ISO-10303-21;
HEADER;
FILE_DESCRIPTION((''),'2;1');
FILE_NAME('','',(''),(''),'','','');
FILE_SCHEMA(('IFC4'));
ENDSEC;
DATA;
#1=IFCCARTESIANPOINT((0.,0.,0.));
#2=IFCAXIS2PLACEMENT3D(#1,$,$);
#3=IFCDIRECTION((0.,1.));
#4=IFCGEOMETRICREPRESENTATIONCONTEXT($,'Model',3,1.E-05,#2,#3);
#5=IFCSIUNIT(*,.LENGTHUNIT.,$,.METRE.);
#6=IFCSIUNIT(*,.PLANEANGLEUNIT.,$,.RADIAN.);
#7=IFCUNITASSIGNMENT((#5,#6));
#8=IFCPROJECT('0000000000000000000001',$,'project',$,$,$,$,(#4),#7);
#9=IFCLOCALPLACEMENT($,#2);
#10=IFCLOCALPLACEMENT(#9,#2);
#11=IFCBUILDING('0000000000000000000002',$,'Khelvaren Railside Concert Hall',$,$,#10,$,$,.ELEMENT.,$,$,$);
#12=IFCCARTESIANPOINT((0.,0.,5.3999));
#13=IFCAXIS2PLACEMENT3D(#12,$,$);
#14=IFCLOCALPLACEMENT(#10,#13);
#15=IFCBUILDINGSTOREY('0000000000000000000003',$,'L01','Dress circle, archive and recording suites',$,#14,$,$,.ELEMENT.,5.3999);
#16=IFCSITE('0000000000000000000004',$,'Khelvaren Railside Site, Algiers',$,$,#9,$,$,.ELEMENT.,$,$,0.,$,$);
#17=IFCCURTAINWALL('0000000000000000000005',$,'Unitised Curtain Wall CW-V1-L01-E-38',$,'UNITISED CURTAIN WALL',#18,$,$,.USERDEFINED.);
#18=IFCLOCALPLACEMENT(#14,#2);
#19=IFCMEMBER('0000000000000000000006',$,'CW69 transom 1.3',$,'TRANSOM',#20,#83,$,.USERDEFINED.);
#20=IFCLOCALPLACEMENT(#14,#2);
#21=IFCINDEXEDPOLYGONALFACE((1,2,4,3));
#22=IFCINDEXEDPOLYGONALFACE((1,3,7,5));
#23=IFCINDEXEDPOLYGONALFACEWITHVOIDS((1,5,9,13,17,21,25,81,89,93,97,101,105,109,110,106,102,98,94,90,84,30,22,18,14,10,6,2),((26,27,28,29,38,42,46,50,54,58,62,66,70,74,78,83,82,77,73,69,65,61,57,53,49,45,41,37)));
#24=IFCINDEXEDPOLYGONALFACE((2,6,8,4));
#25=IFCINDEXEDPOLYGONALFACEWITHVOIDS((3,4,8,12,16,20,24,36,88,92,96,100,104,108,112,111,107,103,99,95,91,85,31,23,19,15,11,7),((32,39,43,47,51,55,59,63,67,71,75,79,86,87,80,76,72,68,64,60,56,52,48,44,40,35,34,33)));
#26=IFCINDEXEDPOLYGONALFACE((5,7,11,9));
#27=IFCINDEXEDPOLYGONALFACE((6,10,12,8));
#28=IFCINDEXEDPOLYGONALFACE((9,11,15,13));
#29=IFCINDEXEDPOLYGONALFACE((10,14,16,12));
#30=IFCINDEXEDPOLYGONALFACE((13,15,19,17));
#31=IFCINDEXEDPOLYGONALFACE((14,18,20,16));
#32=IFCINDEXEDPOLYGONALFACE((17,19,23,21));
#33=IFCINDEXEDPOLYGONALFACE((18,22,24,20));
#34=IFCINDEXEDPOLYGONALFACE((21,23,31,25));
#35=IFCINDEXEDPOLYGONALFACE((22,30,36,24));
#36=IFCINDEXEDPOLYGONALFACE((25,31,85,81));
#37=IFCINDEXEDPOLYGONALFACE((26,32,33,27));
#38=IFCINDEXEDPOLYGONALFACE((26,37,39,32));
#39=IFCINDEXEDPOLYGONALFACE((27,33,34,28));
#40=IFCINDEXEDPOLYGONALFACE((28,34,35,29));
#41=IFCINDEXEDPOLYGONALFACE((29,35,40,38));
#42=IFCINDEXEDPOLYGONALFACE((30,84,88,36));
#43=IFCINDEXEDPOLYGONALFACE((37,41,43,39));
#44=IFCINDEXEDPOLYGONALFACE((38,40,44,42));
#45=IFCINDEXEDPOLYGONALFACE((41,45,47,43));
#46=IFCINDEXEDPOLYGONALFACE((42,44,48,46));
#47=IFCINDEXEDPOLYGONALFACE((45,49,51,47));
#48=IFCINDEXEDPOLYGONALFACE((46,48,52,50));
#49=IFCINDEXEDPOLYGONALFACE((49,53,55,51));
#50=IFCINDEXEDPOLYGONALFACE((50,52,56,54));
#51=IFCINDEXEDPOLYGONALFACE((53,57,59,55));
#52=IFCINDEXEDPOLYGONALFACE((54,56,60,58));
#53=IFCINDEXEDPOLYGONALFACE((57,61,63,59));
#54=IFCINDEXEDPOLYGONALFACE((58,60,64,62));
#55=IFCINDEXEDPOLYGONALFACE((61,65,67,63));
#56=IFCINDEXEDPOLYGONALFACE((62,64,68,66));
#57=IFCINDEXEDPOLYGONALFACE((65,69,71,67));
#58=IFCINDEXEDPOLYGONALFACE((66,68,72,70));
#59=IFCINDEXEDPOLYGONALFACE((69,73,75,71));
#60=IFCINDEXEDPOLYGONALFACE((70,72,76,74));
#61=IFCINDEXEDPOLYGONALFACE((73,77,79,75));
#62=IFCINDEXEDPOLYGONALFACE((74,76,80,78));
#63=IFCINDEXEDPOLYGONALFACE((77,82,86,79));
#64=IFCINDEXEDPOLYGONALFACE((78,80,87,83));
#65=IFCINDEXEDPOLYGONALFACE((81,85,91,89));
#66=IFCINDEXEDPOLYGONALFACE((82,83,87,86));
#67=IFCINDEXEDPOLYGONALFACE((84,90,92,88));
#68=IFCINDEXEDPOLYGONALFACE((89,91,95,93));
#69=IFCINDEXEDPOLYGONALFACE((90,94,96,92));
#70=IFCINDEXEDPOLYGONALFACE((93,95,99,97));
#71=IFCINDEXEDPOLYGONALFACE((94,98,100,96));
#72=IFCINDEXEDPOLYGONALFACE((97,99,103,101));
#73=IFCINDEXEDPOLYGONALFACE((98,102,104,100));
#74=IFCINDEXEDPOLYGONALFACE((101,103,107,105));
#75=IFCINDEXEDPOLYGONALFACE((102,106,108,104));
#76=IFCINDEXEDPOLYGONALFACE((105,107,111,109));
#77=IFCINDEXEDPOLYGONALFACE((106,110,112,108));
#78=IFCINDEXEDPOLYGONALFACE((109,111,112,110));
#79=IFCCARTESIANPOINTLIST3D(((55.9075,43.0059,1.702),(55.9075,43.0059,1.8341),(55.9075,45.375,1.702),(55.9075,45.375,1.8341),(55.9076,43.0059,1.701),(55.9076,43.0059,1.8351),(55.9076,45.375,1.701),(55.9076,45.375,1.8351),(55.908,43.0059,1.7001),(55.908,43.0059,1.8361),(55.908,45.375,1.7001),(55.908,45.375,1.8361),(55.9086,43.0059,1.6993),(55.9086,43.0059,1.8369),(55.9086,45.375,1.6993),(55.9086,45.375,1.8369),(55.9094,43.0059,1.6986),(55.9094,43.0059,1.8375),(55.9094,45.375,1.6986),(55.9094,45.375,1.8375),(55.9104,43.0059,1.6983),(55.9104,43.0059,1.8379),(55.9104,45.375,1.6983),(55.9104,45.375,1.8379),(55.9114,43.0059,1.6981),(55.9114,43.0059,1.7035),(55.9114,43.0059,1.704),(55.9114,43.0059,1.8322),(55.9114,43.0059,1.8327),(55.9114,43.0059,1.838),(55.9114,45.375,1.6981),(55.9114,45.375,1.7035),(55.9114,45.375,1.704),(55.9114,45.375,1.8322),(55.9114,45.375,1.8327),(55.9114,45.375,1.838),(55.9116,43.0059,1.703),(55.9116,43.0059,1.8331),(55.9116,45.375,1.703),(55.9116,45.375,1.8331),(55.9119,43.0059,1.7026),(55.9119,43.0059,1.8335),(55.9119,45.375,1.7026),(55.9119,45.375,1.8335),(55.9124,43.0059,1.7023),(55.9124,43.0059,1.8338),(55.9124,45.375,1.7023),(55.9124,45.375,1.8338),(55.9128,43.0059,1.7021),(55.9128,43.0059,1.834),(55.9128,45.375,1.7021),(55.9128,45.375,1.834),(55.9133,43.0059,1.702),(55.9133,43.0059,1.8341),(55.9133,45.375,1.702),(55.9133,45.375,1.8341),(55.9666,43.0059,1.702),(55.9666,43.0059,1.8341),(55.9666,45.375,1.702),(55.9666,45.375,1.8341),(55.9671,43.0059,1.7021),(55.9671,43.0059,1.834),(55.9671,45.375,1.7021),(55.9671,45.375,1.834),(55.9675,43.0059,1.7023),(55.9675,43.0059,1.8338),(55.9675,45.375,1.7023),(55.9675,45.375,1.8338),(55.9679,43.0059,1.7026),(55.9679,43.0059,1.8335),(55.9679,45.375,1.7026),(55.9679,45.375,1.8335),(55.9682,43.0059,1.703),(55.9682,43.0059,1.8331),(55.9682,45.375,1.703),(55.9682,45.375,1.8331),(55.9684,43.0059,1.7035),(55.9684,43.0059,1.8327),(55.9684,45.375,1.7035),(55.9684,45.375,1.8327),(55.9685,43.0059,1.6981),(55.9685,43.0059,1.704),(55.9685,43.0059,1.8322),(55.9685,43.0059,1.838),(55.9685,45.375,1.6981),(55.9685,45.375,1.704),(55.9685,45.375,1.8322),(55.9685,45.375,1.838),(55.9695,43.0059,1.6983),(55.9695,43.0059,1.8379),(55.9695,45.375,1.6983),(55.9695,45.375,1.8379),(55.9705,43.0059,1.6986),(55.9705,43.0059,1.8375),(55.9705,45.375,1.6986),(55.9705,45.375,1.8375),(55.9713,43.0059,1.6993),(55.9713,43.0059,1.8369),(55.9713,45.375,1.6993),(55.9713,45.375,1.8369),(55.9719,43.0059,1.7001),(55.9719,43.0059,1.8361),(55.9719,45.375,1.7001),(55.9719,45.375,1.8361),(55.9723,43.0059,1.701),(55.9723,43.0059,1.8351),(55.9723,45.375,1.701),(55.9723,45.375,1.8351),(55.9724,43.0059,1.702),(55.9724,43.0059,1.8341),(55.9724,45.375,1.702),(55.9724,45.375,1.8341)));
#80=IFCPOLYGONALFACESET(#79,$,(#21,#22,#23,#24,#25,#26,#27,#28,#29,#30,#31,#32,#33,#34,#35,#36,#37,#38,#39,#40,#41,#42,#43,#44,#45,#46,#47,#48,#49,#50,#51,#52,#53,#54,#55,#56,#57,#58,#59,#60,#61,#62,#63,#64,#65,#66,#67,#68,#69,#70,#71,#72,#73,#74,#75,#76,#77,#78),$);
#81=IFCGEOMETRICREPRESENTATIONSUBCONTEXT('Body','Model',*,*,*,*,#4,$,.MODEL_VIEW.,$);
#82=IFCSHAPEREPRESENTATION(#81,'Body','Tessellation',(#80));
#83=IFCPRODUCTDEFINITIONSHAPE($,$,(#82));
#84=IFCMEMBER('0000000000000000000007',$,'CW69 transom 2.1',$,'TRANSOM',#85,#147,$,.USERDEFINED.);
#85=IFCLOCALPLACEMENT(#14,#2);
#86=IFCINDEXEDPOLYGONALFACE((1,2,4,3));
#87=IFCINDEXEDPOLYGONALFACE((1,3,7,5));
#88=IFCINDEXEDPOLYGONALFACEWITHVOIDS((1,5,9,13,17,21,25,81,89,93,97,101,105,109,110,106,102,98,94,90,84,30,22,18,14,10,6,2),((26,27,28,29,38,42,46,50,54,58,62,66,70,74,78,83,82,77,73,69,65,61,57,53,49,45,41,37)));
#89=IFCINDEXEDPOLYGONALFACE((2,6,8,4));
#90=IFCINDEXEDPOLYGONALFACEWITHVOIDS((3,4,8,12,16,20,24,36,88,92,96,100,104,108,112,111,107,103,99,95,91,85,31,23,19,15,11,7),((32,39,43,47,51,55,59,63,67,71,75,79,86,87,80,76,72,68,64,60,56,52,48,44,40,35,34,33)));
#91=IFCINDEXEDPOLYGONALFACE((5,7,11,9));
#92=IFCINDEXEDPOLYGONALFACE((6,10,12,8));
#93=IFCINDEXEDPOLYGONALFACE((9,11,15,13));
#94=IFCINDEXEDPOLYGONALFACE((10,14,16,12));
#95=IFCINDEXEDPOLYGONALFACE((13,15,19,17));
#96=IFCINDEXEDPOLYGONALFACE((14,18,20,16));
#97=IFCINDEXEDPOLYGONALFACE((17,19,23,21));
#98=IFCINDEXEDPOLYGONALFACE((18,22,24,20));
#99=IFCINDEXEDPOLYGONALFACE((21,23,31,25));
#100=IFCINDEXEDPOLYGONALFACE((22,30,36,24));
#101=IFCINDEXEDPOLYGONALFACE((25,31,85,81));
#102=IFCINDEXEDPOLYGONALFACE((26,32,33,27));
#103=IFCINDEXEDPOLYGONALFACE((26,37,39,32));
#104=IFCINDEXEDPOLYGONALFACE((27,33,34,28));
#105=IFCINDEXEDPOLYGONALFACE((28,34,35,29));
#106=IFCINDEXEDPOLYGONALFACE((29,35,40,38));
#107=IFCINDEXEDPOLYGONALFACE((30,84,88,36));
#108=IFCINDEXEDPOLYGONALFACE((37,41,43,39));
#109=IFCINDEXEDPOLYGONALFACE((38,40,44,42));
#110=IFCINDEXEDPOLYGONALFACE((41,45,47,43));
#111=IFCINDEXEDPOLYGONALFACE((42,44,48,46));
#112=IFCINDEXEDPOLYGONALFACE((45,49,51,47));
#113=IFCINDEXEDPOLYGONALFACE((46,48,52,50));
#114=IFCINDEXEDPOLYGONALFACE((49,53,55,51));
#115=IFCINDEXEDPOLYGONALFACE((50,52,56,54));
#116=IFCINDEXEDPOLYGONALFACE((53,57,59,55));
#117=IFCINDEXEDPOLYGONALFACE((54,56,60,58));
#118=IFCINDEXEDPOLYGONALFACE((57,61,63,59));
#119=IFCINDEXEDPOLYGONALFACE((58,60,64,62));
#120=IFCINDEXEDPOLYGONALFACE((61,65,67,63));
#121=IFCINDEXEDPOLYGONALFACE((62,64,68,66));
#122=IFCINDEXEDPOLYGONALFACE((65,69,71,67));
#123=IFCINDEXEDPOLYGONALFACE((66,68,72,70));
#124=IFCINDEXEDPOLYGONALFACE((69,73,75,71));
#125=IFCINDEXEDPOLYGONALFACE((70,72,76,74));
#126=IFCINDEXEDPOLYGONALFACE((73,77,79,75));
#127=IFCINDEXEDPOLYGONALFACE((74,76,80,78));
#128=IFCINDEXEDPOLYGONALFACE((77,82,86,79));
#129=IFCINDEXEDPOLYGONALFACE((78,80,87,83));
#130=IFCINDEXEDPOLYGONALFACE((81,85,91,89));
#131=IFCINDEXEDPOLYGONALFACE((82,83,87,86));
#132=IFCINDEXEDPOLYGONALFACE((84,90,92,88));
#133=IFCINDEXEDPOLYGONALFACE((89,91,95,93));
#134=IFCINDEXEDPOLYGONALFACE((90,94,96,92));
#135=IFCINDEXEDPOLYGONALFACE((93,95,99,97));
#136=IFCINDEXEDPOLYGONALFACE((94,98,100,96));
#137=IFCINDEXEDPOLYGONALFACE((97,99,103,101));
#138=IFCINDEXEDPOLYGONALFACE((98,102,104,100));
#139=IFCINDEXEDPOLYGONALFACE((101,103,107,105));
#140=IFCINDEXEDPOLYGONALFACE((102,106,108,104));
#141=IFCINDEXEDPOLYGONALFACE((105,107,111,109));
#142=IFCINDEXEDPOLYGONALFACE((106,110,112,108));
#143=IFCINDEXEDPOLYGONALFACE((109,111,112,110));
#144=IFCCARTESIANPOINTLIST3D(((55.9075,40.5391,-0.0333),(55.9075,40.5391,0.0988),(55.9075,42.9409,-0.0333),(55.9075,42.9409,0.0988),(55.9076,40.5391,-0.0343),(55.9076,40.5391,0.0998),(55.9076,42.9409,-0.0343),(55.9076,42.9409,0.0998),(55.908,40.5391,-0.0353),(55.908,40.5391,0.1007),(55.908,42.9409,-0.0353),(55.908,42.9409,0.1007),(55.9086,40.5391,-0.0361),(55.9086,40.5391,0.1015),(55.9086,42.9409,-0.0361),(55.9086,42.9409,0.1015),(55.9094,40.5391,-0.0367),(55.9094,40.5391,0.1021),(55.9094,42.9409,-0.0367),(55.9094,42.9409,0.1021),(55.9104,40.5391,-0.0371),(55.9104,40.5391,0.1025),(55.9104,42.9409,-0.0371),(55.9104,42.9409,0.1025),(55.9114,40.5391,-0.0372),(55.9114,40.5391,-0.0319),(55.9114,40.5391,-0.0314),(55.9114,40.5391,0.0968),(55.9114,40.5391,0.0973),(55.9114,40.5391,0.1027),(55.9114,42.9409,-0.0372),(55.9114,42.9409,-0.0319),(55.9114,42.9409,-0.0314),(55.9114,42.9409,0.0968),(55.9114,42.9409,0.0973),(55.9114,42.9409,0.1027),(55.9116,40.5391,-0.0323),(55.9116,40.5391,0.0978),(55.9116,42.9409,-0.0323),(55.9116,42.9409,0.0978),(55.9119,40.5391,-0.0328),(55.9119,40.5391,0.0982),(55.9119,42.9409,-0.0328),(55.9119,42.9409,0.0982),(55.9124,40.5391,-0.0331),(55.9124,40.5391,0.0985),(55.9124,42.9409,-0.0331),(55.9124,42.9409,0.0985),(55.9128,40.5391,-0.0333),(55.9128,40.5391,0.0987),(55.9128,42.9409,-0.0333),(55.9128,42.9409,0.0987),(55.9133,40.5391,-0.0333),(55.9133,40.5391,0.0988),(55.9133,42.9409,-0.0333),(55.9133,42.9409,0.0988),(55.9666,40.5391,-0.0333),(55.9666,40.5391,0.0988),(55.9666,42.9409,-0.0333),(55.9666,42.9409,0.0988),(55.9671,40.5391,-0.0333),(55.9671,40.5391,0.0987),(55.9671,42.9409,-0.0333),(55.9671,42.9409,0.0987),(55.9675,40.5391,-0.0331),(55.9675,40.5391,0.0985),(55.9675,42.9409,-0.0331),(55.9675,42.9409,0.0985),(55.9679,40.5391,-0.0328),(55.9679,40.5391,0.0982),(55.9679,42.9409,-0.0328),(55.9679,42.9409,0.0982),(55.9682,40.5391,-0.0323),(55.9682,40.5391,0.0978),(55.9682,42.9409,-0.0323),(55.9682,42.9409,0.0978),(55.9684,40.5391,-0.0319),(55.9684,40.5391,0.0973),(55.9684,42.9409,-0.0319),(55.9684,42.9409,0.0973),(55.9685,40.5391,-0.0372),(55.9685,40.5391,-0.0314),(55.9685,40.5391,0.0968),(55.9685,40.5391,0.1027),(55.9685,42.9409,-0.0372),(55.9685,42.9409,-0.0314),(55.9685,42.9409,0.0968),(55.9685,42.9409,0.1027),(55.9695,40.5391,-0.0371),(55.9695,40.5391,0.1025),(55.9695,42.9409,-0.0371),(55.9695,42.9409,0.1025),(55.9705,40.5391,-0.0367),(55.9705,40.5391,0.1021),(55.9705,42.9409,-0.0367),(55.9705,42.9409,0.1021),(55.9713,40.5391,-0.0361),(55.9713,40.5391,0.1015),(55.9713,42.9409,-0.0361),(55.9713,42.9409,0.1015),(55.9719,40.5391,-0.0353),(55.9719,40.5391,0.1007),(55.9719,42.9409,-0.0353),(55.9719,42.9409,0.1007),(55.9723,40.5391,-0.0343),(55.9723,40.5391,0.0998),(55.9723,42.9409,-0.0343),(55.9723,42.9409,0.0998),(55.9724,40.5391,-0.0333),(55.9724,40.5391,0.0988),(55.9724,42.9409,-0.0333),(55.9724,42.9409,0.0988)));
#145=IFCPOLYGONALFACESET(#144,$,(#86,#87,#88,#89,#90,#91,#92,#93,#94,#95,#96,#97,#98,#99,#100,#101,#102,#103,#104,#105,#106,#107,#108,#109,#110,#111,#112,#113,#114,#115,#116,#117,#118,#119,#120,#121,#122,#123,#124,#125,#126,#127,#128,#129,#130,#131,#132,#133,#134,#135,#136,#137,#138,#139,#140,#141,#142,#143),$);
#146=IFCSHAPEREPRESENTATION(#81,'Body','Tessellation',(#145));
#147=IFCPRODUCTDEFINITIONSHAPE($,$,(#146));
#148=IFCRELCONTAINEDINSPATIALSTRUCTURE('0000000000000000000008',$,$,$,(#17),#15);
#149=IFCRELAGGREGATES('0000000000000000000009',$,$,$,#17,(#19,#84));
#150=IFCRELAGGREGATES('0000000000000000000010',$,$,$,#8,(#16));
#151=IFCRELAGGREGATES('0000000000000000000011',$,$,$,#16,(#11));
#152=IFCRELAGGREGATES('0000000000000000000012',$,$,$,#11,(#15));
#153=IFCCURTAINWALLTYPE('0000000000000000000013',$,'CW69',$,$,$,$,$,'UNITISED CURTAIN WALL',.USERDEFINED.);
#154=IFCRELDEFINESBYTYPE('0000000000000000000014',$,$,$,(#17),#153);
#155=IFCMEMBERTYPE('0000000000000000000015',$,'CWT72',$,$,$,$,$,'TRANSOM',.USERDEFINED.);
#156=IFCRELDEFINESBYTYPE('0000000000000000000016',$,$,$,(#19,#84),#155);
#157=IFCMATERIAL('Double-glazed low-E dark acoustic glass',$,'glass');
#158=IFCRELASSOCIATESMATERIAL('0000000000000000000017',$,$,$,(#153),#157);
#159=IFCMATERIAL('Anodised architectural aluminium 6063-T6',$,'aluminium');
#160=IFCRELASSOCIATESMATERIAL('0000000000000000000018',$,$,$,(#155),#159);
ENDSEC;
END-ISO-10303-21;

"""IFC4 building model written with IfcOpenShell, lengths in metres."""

from ifc_helpers import new_model, si_unit, direction, frame, origin, origin_2d, place, context, subcontext, project, spatial, hollow_rectangle, extrude, material, material_profile, profile_set, type_object, element, aggregate, save


model = new_model("IFC4")

# Units and contexts
model_context = context("Model", 3, precision=1e-05, world=origin(), true_north=direction((0.0, 1.0)))
body_context = subcontext(model_context, "Body", "Model", "MODEL_VIEW")
ifc_project = project(units=[si_unit("LENGTHUNIT", "METRE"), si_unit("PLANEANGLEUNIT", "RADIAN")], contexts=[model_context])

# Site, building, storey
site_placement = place(None, origin())
site = spatial("IfcSite", under=ifc_project, at=site_placement, Name="Khelvaren Railside Site, Algiers", CompositionType="ELEMENT", RefElevation=0.0)
building_placement = place(site_placement, origin())
building = spatial("IfcBuilding", under=site, at=building_placement, Name="Khelvaren Railside Concert Hall", CompositionType="ELEMENT")
storey_placement = place(building_placement, frame((0.0, 0.0, 5.3999)))
storey = spatial("IfcBuildingStorey", under=building, at=storey_placement, Name="L01", Description="Dress circle, archive and recording suites", CompositionType="ELEMENT", Elevation=5.3999)

# Curtain wall, members
ifc_material_1 = material(Name="Double-glazed low-E dark acoustic glass", Category="glass")
curtain_wall_type = type_object("IfcCurtainWallType", Name="CW69", ElementType="UNITISED CURTAIN WALL", PredefinedType="USERDEFINED", material=ifc_material_1)
curtain_wall_placement = place(storey_placement, origin())
curtain_wall = element("IfcCurtainWall", 1, at=curtain_wall_placement, inside=storey, type_object=curtain_wall_type, Name="Unitised Curtain Wall CW-V1-L01-E-38", ObjectType="UNITISED CURTAIN WALL", PredefinedType="USERDEFINED")
ifc_material_2 = material(Name="Anodised architectural aluminium 6063-T6", Category="aluminium")
ifc_material_profile_1 = material_profile(ifc_material_2, hollow_rectangle(XDim=0.0649, YDim=0.1399, WallThickness=0.0039, InnerFilletRadius=0.002, OuterFilletRadius=0.0039, at=origin_2d()), Name="CWT 65x140x4")
ifc_profile_set_1 = profile_set([ifc_material_profile_1], Name="Anodised architectural aluminium 6063-T6")
member_type_1 = type_object("IfcMemberType", Name="CWT72", ElementType="TRANSOM", PredefinedType="USERDEFINED", material=ifc_profile_set_1)
member_1_placement = place(storey_placement, frame((55.9399, 45.375, 1.7681), z_axis=(0.0, -1.0, 0.0), x_axis=(1.0, 0.0, 0.0)))
member_1 = element("IfcMember", 2, at=member_1_placement, type_object=member_type_1, Name="CW69 transom 1.3", ObjectType="TRANSOM", PredefinedType="USERDEFINED", context=body_context, shape_type="SweptSolid", body=[
    extrude(hollow_rectangle(XDim=0.0649, YDim=0.1399, WallThickness=0.0039, InnerFilletRadius=0.002, OuterFilletRadius=0.0039, at=origin_2d()), origin(), (0.0, 0.0, 1.0), 2.3691),
])
member_2_placement = place(storey_placement, frame((55.9399, 42.9409, 0.0327), z_axis=(0.0, -1.0, 0.0), x_axis=(1.0, 0.0, 0.0)))
member_2 = element("IfcMember", 3, at=member_2_placement, type_object=member_type_1, Name="CW69 transom 2.1", ObjectType="TRANSOM", PredefinedType="USERDEFINED", context=body_context, shape_type="SweptSolid", body=[
    extrude(hollow_rectangle(XDim=0.0649, YDim=0.1399, WallThickness=0.0039, InnerFilletRadius=0.002, OuterFilletRadius=0.0039, at=origin_2d()), origin(), (0.0, 0.0, 1.0), 2.4019),
])

aggregate(curtain_wall, [member_1, member_2])

save(model, "model.ifc")
